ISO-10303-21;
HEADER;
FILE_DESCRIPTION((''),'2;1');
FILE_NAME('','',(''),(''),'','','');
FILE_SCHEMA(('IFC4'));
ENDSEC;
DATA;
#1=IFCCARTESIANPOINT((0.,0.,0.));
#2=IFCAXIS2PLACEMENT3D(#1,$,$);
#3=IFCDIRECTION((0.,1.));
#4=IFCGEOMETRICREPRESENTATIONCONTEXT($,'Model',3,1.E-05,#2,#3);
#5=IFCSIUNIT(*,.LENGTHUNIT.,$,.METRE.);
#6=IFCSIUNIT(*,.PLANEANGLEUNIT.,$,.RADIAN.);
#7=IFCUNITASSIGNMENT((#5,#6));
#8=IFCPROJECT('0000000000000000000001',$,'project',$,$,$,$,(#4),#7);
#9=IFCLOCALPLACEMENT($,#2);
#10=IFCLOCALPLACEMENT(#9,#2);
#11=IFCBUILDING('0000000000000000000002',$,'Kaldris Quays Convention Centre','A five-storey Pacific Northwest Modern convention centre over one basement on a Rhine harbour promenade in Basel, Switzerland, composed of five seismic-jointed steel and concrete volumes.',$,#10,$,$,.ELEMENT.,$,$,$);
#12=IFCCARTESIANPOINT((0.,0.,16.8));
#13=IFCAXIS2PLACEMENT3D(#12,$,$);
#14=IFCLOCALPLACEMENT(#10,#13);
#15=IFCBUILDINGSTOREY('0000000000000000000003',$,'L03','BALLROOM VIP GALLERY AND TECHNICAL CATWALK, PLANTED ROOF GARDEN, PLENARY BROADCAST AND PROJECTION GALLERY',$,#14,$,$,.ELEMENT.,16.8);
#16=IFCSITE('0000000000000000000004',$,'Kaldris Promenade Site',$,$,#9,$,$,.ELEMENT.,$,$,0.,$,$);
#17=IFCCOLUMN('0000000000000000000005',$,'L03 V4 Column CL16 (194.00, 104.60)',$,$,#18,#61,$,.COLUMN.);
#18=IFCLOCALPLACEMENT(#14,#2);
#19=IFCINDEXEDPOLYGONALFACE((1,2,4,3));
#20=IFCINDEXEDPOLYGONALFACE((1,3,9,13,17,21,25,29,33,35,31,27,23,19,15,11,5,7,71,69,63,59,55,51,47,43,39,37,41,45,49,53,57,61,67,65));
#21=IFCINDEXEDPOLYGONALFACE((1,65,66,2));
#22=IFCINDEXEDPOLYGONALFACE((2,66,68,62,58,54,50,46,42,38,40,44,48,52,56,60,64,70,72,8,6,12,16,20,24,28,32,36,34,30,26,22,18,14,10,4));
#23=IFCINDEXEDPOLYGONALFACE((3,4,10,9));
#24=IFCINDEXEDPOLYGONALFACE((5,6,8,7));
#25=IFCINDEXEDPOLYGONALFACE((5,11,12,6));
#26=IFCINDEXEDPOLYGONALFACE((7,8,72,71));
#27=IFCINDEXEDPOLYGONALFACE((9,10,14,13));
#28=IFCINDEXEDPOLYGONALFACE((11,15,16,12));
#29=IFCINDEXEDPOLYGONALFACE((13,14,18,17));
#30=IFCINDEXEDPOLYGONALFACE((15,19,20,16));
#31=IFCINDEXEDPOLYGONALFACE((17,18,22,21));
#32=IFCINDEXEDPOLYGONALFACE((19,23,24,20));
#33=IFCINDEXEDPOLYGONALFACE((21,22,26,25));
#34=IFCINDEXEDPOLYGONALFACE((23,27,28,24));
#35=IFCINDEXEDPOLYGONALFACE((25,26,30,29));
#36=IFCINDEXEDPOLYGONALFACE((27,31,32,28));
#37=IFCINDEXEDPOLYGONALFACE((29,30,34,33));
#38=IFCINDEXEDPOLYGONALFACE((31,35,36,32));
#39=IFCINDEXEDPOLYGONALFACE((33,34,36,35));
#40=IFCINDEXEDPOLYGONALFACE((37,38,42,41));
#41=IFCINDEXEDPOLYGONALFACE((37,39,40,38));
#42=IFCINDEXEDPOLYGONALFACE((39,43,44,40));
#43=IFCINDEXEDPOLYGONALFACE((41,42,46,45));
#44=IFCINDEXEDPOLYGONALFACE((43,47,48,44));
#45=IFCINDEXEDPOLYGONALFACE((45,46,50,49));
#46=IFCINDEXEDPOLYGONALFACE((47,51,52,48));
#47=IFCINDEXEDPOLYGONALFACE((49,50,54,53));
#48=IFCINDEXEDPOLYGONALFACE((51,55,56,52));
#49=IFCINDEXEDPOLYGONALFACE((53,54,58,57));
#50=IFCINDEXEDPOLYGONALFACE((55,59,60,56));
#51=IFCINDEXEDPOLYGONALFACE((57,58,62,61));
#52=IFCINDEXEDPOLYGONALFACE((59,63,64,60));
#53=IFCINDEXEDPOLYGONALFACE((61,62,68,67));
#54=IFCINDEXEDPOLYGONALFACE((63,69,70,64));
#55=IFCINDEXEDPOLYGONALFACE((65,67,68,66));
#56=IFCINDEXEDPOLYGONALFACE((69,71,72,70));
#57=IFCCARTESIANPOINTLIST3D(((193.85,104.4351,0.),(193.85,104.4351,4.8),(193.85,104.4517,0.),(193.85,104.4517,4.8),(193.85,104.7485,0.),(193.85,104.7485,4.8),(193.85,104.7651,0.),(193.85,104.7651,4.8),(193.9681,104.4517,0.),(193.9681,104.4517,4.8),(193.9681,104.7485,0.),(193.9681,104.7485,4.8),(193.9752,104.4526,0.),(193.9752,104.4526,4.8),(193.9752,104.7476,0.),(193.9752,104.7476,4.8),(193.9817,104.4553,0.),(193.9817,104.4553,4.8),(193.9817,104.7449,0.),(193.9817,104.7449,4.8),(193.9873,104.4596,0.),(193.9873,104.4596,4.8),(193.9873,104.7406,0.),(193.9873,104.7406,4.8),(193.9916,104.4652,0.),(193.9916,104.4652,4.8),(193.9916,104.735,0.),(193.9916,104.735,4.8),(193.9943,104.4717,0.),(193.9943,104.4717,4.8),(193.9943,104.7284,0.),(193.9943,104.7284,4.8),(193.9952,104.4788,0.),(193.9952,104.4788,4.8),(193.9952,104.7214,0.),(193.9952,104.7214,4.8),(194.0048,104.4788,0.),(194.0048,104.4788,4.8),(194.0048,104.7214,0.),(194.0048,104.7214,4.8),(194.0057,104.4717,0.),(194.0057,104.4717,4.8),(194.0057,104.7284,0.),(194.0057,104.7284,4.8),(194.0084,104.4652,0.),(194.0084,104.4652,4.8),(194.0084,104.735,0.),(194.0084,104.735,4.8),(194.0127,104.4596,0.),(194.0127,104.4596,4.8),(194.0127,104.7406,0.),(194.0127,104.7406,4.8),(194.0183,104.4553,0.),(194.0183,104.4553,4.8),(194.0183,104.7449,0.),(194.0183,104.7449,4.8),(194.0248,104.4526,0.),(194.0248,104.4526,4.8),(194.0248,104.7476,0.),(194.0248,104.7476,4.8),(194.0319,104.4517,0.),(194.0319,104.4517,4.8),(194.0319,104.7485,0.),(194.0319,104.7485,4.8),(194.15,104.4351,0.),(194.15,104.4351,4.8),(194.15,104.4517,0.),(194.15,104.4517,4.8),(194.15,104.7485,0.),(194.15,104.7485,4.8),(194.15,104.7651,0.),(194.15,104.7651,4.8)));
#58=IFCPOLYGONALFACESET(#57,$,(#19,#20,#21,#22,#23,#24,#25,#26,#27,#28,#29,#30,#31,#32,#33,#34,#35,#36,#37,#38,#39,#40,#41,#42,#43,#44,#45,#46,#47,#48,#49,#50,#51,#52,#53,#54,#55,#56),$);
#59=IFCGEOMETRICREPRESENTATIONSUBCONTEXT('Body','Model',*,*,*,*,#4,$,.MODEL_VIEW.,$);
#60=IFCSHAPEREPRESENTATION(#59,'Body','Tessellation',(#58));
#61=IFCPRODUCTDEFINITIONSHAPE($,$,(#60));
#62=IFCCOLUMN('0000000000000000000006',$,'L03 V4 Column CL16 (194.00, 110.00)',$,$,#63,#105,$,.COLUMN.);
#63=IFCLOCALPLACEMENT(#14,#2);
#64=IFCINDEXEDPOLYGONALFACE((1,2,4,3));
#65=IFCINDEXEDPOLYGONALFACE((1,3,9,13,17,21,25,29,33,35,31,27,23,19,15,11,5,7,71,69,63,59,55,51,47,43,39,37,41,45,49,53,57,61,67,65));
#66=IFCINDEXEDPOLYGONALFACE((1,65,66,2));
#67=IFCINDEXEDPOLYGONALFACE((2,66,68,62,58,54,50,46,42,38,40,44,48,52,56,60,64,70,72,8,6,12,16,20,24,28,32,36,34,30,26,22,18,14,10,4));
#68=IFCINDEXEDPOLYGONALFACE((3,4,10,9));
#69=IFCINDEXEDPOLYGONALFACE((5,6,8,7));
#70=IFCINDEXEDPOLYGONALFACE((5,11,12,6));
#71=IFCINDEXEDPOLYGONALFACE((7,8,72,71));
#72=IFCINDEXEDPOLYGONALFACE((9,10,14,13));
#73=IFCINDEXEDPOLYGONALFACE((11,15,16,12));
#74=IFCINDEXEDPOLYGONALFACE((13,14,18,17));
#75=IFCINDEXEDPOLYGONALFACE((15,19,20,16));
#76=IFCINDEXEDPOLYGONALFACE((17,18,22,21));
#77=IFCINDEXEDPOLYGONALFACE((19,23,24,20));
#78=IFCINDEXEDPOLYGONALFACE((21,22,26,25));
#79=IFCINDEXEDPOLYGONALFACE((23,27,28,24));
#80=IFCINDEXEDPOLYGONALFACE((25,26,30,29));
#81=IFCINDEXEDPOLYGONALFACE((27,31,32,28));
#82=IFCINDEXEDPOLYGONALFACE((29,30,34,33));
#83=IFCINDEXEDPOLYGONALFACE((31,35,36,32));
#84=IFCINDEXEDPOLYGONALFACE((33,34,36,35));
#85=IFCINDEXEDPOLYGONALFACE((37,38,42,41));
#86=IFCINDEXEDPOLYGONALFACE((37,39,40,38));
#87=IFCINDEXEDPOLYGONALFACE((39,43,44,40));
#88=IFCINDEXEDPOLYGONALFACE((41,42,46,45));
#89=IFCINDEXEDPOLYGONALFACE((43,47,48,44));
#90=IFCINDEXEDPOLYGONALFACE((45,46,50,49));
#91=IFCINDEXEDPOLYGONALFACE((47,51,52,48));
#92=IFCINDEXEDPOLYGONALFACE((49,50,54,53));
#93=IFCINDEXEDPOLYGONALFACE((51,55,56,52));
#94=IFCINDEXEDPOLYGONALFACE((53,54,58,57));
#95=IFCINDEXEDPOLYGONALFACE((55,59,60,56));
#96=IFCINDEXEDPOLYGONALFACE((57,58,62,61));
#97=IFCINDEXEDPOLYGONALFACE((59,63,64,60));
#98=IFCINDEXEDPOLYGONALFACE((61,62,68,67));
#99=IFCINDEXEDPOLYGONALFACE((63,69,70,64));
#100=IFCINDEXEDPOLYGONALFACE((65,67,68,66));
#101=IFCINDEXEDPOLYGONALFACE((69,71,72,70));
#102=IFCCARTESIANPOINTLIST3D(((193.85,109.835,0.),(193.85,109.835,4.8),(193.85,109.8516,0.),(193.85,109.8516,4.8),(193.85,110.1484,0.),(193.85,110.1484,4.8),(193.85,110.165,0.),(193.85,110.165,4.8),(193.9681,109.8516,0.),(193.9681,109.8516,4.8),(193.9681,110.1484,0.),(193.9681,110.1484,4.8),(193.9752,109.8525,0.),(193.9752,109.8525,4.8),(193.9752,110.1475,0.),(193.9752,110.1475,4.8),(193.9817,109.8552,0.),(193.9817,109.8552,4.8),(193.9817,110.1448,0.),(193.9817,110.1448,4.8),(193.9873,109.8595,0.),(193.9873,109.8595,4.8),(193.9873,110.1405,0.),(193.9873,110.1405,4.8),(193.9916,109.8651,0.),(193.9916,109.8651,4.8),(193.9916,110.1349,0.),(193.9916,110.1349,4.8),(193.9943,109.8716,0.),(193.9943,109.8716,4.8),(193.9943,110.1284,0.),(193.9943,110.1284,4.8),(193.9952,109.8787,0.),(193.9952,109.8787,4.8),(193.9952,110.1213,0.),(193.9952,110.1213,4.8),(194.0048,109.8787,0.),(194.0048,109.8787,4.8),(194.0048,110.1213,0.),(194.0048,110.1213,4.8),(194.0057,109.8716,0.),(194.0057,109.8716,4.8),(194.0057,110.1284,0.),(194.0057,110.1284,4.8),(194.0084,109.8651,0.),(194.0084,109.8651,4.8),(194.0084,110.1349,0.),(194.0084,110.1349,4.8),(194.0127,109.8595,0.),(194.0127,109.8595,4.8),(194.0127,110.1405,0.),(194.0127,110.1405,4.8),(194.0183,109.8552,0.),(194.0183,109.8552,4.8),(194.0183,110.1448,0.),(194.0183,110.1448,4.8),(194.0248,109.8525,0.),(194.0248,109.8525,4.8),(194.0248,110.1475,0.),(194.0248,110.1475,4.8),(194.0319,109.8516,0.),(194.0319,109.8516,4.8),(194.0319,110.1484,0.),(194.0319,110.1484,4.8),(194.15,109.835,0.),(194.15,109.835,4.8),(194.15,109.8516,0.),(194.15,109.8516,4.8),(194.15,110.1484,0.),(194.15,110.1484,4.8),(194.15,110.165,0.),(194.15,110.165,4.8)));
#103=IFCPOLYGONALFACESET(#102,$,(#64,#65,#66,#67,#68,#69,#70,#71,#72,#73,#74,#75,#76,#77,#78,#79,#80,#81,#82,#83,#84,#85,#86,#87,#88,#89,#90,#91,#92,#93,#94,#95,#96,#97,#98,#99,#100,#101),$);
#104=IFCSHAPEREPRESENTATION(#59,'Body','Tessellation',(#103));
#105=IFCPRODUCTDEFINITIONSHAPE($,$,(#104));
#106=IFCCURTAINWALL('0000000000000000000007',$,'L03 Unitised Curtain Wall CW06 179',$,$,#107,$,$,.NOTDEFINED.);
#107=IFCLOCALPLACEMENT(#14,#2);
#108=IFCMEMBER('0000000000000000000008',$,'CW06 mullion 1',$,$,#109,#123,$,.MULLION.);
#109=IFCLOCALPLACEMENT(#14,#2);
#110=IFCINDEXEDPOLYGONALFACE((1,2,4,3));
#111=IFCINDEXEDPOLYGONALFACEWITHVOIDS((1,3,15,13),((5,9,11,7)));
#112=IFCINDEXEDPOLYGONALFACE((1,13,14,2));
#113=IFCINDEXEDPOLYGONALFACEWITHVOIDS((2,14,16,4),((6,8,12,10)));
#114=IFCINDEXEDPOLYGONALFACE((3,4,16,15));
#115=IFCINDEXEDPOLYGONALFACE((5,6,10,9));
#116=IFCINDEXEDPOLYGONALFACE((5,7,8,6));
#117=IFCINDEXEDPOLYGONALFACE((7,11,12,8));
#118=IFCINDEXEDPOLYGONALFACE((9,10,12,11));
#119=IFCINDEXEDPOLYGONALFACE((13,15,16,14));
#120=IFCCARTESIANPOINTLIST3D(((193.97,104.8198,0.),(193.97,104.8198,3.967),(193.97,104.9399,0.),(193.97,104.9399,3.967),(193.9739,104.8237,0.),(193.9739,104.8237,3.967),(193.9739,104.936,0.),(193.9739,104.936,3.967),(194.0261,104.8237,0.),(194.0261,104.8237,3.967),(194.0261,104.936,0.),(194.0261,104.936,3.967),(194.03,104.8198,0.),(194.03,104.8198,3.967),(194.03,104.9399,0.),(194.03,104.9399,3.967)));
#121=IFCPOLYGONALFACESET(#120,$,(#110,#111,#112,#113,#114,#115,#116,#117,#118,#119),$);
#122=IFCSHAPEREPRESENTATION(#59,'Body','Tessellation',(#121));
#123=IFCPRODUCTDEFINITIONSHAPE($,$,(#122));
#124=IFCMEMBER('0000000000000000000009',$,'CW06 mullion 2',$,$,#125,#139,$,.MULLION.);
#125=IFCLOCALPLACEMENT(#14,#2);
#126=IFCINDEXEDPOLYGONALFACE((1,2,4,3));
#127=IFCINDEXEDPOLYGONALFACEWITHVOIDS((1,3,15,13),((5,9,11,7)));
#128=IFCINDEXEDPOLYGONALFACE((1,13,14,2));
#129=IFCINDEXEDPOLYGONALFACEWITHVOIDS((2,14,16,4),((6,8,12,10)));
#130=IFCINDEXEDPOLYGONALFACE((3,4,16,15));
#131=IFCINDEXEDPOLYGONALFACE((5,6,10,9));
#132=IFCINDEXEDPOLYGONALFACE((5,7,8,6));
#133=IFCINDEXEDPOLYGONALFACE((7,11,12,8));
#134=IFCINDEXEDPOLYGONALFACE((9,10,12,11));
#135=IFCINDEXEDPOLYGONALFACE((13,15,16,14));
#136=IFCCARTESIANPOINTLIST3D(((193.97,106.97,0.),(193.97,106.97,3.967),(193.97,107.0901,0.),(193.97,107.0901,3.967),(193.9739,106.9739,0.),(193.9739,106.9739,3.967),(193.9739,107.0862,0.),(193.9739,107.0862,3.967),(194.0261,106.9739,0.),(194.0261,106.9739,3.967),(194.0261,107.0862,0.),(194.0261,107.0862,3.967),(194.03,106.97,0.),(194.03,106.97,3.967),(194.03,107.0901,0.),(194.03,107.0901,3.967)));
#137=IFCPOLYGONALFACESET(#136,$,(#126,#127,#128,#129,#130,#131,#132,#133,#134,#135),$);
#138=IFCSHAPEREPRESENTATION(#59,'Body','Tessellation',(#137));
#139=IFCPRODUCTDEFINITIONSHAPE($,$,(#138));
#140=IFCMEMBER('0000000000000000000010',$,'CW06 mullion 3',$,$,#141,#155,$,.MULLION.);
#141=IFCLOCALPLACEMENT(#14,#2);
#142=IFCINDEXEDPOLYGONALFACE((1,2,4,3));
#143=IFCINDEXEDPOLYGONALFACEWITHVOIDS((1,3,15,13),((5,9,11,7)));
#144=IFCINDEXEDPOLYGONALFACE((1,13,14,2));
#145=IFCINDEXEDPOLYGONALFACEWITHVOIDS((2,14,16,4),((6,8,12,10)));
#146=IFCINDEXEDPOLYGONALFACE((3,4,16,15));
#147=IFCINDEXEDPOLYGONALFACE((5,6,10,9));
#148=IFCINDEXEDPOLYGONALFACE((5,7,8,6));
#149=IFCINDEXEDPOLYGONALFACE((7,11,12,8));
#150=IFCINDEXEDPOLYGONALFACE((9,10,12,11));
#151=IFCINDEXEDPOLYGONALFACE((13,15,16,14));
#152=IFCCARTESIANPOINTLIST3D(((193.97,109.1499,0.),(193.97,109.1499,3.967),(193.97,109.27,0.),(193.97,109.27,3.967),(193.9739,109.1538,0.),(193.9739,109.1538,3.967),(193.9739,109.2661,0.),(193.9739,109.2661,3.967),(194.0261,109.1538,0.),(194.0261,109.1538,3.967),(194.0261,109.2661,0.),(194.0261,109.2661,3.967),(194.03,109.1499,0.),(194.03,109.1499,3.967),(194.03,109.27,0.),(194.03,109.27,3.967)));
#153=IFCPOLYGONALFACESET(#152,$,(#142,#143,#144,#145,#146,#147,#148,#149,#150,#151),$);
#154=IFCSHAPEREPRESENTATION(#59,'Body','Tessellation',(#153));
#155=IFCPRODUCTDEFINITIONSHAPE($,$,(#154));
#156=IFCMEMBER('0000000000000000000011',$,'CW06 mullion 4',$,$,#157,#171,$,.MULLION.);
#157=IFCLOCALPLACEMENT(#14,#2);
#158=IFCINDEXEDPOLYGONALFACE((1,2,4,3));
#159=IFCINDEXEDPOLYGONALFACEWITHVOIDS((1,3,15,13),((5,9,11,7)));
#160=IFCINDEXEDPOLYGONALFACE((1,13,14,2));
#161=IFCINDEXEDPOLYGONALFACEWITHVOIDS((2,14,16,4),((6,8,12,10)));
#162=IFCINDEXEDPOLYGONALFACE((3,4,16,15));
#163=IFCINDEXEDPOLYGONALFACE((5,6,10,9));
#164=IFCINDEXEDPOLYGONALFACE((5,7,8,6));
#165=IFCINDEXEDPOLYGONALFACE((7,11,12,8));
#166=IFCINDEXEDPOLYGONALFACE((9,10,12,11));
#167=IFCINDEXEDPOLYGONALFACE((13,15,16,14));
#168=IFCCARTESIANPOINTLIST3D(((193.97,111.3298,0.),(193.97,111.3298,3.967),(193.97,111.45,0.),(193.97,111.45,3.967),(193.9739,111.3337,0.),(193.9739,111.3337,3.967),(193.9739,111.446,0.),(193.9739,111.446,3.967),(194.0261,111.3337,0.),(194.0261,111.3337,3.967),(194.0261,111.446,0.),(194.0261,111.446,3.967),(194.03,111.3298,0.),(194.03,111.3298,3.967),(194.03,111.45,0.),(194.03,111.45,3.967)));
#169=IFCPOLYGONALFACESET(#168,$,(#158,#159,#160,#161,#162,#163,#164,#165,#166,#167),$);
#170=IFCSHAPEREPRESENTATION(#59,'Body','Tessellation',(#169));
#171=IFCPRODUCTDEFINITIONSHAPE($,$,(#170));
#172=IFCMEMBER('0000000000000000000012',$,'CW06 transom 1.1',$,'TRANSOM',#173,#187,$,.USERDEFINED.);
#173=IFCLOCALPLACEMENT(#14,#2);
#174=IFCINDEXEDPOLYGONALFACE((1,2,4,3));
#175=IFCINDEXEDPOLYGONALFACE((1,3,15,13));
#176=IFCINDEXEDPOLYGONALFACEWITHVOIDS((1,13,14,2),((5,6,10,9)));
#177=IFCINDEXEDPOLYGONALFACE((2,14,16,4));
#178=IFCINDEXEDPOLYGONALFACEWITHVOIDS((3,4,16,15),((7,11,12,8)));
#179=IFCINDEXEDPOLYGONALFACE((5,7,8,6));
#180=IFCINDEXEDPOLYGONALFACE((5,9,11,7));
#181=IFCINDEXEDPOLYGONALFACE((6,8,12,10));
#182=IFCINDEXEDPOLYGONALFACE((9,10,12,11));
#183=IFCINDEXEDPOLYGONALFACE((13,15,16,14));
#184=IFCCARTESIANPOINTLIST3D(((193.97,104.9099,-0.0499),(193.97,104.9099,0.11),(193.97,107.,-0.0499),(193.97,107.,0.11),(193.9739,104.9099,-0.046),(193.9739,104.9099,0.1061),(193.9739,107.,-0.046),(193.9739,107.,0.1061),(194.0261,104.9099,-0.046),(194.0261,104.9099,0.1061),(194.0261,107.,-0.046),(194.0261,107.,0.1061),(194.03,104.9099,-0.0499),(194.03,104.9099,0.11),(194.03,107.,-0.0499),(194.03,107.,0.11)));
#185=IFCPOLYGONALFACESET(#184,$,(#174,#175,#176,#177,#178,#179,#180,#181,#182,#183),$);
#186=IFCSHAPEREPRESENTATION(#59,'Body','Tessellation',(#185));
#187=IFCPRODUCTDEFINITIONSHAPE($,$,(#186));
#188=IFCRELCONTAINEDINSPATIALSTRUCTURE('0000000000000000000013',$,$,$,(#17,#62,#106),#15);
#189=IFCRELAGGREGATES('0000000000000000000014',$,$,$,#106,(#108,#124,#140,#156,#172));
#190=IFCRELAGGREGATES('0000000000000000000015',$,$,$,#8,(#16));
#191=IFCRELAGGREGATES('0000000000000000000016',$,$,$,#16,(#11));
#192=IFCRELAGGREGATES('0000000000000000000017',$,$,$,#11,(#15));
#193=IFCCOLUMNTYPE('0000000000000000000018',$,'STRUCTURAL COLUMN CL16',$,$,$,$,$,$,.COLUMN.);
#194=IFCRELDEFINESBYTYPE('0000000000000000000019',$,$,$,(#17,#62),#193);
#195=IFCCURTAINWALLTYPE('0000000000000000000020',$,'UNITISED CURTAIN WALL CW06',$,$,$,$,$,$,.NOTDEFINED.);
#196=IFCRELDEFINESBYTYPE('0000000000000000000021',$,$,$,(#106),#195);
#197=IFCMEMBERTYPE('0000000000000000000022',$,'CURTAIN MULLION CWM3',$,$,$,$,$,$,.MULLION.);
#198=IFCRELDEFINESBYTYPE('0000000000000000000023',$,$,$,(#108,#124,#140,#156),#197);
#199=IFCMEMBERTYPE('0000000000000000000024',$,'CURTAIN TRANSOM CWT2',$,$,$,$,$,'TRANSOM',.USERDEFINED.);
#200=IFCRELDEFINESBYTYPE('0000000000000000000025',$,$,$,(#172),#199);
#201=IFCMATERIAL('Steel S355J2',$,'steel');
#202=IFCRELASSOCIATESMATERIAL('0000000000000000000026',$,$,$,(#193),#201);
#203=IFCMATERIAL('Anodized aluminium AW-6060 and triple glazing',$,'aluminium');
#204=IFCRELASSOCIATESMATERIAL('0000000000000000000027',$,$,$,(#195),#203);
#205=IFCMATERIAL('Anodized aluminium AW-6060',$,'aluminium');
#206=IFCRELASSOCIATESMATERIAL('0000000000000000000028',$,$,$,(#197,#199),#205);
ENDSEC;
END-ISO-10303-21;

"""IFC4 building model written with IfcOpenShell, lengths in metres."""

from ifc_helpers import new_model, si_unit, direction, frame, origin, origin_2d, place, context, subcontext, project, spatial, hollow_rectangle, i_section, extrude, material, material_profile, profile_set, type_object, element, aggregate, save


model = new_model("IFC4")

# Units and contexts
model_context = context("Model", 3, precision=1e-05, world=origin(), true_north=direction((0.0, 1.0)))
body_context = subcontext(model_context, "Body", "Model", "MODEL_VIEW")
ifc_project = project(units=[si_unit("LENGTHUNIT", "METRE"), si_unit("PLANEANGLEUNIT", "RADIAN")], contexts=[model_context])

# Site, building, storey
site_placement = place(None, origin())
site = spatial("IfcSite", under=ifc_project, at=site_placement, Name="Kaldris Promenade Site", CompositionType="ELEMENT", RefElevation=0.0)
building_placement = place(site_placement, origin())
building = spatial("IfcBuilding", under=site, at=building_placement, Name="Kaldris Quays Convention Centre", Description="A five-storey Pacific Northwest Modern convention centre over one basement on a Rhine harbour promenade in Basel, Switzerland, composed of five seismic-jointed steel and concrete volumes.", CompositionType="ELEMENT")
storey_placement = place(building_placement, frame((0.0, 0.0, 16.8)))
storey = spatial("IfcBuildingStorey", under=building, at=storey_placement, Name="L03", Description="BALLROOM VIP GALLERY AND TECHNICAL CATWALK, PLANTED ROOF GARDEN, PLENARY BROADCAST AND PROJECTION GALLERY", CompositionType="ELEMENT", Elevation=16.8)

# Columns
ifc_material_1 = material(Name="Steel S355J2", Category="steel")
ifc_material_profile_1 = material_profile(ifc_material_1, i_section(OverallWidth=0.3, OverallDepth=0.3301, WebThickness=0.0095, FlangeThickness=0.0166, FilletRadius=0.0271, at=origin_2d()), Name="HEA 340")
ifc_profile_set_1 = profile_set([ifc_material_profile_1], Name="Steel S355J2")
column_type = type_object("IfcColumnType", Name="STRUCTURAL COLUMN CL16", PredefinedType="COLUMN", material=ifc_profile_set_1)
for number, where, z_axis, x_axis, name in (
    (1, (194.0, 104.6001, 0.0), (0.0, 0.0, 1.0), (1.0, 0.0, 0.0), "L03 V4 Column CL16 (194.00, 104.60)"),
    (2, (194.0, 110.0, 0.0), (0.0, 0.0, 1.0), (1.0, 0.0, 0.0), "L03 V4 Column CL16 (194.00, 110.00)"),
):
    element("IfcColumn", number, at=place(storey_placement, frame(where, z_axis=z_axis, x_axis=x_axis)), inside=storey, type_object=column_type, Name=name, PredefinedType="COLUMN", context=body_context, shape_type="SweptSolid", body=[
        extrude(i_section(OverallWidth=0.3, OverallDepth=0.3301, WebThickness=0.0095, FlangeThickness=0.0166, FilletRadius=0.0271, at=origin_2d()), origin(), (0.0, 0.0, 1.0), 4.8),
    ])

# Curtain wall, members
ifc_material_2 = material(Name="Anodized aluminium AW-6060 and triple glazing", Category="aluminium")
curtain_wall_type = type_object("IfcCurtainWallType", Name="UNITISED CURTAIN WALL CW06", PredefinedType="NOTDEFINED", material=ifc_material_2)
curtain_wall_placement = place(storey_placement, origin())
curtain_wall = element("IfcCurtainWall", 3, at=curtain_wall_placement, inside=storey, type_object=curtain_wall_type, Name="L03 Unitised Curtain Wall CW06 179", PredefinedType="NOTDEFINED")
ifc_material_3 = material(Name="Anodized aluminium AW-6060", Category="aluminium")
ifc_material_profile_2 = material_profile(ifc_material_3, hollow_rectangle(XDim=0.0601, YDim=0.1201, WallThickness=0.0039, at=origin_2d()), Name="RHS 120x60x4")
ifc_profile_set_2 = profile_set([ifc_material_profile_2], Name="Anodized aluminium AW-6060")
member_type_1 = type_object("IfcMemberType", Name="CURTAIN MULLION CWM3", PredefinedType="MULLION", material=ifc_profile_set_2)
member_1_placement = place(storey_placement, frame((194.0, 104.8799, 0.0), z_axis=(0.0, 0.0, 1.0), x_axis=(-1.0, 0.0, 0.0)))
member_1 = element("IfcMember", 4, at=member_1_placement, type_object=member_type_1, Name="CW06 mullion 1", PredefinedType="MULLION", context=body_context, shape_type="SweptSolid", body=[
    extrude(hollow_rectangle(XDim=0.0601, YDim=0.1201, WallThickness=0.0039, at=origin_2d()), origin(), (0.0, 0.0, 1.0), 3.967),
])
member_2_placement = place(storey_placement, frame((194.0, 107.03, 0.0), z_axis=(0.0, 0.0, 1.0), x_axis=(-1.0, 0.0, 0.0)))
member_2 = element("IfcMember", 5, at=member_2_placement, type_object=member_type_1, Name="CW06 mullion 2", PredefinedType="MULLION", context=body_context, shape_type="SweptSolid", body=[
    extrude(hollow_rectangle(XDim=0.0601, YDim=0.1201, WallThickness=0.0039, at=origin_2d()), origin(), (0.0, 0.0, 1.0), 3.967),
])
member_3_placement = place(storey_placement, frame((194.0, 109.21, 0.0), z_axis=(0.0, 0.0, 1.0), x_axis=(-1.0, 0.0, 0.0)))
member_3 = element("IfcMember", 6, at=member_3_placement, type_object=member_type_1, Name="CW06 mullion 3", PredefinedType="MULLION", context=body_context, shape_type="SweptSolid", body=[
    extrude(hollow_rectangle(XDim=0.0601, YDim=0.1201, WallThickness=0.0039, at=origin_2d()), origin(), (0.0, 0.0, 1.0), 3.967),
])
member_4_placement = place(storey_placement, frame((194.0, 111.3899, 0.0), z_axis=(0.0, 0.0, 1.0), x_axis=(-1.0, 0.0, 0.0)))
member_4 = element("IfcMember", 7, at=member_4_placement, type_object=member_type_1, Name="CW06 mullion 4", PredefinedType="MULLION", context=body_context, shape_type="SweptSolid", body=[
    extrude(hollow_rectangle(XDim=0.0601, YDim=0.1201, WallThickness=0.0039, at=origin_2d()), origin(), (0.0, 0.0, 1.0), 3.967),
])
ifc_material_profile_3 = material_profile(ifc_material_3, hollow_rectangle(XDim=0.0601, YDim=0.1599, WallThickness=0.0039, at=origin_2d()), Name="RHS 160x60x4")
ifc_profile_set_3 = profile_set([ifc_material_profile_3], Name="Anodized aluminium AW-6060")
member_type_2 = type_object("IfcMemberType", Name="CURTAIN TRANSOM CWT2", ElementType="TRANSOM", PredefinedType="USERDEFINED", material=ifc_profile_set_3)
member_5_placement = place(storey_placement, frame((194.0, 104.9099, 0.03), z_axis=(0.0, 1.0, 0.0), x_axis=(-1.0, 0.0, 0.0)))
member_5 = element("IfcMember", 8, at=member_5_placement, type_object=member_type_2, Name="CW06 transom 1.1", ObjectType="TRANSOM", PredefinedType="USERDEFINED", context=body_context, shape_type="SweptSolid", body=[
    extrude(hollow_rectangle(XDim=0.0601, YDim=0.1599, WallThickness=0.0039, at=origin_2d()), origin(), (0.0, 0.0, 1.0), 2.0901),
])

aggregate(curtain_wall, [member_1, member_2, member_3, member_4, member_5])

save(model, "model.ifc")
